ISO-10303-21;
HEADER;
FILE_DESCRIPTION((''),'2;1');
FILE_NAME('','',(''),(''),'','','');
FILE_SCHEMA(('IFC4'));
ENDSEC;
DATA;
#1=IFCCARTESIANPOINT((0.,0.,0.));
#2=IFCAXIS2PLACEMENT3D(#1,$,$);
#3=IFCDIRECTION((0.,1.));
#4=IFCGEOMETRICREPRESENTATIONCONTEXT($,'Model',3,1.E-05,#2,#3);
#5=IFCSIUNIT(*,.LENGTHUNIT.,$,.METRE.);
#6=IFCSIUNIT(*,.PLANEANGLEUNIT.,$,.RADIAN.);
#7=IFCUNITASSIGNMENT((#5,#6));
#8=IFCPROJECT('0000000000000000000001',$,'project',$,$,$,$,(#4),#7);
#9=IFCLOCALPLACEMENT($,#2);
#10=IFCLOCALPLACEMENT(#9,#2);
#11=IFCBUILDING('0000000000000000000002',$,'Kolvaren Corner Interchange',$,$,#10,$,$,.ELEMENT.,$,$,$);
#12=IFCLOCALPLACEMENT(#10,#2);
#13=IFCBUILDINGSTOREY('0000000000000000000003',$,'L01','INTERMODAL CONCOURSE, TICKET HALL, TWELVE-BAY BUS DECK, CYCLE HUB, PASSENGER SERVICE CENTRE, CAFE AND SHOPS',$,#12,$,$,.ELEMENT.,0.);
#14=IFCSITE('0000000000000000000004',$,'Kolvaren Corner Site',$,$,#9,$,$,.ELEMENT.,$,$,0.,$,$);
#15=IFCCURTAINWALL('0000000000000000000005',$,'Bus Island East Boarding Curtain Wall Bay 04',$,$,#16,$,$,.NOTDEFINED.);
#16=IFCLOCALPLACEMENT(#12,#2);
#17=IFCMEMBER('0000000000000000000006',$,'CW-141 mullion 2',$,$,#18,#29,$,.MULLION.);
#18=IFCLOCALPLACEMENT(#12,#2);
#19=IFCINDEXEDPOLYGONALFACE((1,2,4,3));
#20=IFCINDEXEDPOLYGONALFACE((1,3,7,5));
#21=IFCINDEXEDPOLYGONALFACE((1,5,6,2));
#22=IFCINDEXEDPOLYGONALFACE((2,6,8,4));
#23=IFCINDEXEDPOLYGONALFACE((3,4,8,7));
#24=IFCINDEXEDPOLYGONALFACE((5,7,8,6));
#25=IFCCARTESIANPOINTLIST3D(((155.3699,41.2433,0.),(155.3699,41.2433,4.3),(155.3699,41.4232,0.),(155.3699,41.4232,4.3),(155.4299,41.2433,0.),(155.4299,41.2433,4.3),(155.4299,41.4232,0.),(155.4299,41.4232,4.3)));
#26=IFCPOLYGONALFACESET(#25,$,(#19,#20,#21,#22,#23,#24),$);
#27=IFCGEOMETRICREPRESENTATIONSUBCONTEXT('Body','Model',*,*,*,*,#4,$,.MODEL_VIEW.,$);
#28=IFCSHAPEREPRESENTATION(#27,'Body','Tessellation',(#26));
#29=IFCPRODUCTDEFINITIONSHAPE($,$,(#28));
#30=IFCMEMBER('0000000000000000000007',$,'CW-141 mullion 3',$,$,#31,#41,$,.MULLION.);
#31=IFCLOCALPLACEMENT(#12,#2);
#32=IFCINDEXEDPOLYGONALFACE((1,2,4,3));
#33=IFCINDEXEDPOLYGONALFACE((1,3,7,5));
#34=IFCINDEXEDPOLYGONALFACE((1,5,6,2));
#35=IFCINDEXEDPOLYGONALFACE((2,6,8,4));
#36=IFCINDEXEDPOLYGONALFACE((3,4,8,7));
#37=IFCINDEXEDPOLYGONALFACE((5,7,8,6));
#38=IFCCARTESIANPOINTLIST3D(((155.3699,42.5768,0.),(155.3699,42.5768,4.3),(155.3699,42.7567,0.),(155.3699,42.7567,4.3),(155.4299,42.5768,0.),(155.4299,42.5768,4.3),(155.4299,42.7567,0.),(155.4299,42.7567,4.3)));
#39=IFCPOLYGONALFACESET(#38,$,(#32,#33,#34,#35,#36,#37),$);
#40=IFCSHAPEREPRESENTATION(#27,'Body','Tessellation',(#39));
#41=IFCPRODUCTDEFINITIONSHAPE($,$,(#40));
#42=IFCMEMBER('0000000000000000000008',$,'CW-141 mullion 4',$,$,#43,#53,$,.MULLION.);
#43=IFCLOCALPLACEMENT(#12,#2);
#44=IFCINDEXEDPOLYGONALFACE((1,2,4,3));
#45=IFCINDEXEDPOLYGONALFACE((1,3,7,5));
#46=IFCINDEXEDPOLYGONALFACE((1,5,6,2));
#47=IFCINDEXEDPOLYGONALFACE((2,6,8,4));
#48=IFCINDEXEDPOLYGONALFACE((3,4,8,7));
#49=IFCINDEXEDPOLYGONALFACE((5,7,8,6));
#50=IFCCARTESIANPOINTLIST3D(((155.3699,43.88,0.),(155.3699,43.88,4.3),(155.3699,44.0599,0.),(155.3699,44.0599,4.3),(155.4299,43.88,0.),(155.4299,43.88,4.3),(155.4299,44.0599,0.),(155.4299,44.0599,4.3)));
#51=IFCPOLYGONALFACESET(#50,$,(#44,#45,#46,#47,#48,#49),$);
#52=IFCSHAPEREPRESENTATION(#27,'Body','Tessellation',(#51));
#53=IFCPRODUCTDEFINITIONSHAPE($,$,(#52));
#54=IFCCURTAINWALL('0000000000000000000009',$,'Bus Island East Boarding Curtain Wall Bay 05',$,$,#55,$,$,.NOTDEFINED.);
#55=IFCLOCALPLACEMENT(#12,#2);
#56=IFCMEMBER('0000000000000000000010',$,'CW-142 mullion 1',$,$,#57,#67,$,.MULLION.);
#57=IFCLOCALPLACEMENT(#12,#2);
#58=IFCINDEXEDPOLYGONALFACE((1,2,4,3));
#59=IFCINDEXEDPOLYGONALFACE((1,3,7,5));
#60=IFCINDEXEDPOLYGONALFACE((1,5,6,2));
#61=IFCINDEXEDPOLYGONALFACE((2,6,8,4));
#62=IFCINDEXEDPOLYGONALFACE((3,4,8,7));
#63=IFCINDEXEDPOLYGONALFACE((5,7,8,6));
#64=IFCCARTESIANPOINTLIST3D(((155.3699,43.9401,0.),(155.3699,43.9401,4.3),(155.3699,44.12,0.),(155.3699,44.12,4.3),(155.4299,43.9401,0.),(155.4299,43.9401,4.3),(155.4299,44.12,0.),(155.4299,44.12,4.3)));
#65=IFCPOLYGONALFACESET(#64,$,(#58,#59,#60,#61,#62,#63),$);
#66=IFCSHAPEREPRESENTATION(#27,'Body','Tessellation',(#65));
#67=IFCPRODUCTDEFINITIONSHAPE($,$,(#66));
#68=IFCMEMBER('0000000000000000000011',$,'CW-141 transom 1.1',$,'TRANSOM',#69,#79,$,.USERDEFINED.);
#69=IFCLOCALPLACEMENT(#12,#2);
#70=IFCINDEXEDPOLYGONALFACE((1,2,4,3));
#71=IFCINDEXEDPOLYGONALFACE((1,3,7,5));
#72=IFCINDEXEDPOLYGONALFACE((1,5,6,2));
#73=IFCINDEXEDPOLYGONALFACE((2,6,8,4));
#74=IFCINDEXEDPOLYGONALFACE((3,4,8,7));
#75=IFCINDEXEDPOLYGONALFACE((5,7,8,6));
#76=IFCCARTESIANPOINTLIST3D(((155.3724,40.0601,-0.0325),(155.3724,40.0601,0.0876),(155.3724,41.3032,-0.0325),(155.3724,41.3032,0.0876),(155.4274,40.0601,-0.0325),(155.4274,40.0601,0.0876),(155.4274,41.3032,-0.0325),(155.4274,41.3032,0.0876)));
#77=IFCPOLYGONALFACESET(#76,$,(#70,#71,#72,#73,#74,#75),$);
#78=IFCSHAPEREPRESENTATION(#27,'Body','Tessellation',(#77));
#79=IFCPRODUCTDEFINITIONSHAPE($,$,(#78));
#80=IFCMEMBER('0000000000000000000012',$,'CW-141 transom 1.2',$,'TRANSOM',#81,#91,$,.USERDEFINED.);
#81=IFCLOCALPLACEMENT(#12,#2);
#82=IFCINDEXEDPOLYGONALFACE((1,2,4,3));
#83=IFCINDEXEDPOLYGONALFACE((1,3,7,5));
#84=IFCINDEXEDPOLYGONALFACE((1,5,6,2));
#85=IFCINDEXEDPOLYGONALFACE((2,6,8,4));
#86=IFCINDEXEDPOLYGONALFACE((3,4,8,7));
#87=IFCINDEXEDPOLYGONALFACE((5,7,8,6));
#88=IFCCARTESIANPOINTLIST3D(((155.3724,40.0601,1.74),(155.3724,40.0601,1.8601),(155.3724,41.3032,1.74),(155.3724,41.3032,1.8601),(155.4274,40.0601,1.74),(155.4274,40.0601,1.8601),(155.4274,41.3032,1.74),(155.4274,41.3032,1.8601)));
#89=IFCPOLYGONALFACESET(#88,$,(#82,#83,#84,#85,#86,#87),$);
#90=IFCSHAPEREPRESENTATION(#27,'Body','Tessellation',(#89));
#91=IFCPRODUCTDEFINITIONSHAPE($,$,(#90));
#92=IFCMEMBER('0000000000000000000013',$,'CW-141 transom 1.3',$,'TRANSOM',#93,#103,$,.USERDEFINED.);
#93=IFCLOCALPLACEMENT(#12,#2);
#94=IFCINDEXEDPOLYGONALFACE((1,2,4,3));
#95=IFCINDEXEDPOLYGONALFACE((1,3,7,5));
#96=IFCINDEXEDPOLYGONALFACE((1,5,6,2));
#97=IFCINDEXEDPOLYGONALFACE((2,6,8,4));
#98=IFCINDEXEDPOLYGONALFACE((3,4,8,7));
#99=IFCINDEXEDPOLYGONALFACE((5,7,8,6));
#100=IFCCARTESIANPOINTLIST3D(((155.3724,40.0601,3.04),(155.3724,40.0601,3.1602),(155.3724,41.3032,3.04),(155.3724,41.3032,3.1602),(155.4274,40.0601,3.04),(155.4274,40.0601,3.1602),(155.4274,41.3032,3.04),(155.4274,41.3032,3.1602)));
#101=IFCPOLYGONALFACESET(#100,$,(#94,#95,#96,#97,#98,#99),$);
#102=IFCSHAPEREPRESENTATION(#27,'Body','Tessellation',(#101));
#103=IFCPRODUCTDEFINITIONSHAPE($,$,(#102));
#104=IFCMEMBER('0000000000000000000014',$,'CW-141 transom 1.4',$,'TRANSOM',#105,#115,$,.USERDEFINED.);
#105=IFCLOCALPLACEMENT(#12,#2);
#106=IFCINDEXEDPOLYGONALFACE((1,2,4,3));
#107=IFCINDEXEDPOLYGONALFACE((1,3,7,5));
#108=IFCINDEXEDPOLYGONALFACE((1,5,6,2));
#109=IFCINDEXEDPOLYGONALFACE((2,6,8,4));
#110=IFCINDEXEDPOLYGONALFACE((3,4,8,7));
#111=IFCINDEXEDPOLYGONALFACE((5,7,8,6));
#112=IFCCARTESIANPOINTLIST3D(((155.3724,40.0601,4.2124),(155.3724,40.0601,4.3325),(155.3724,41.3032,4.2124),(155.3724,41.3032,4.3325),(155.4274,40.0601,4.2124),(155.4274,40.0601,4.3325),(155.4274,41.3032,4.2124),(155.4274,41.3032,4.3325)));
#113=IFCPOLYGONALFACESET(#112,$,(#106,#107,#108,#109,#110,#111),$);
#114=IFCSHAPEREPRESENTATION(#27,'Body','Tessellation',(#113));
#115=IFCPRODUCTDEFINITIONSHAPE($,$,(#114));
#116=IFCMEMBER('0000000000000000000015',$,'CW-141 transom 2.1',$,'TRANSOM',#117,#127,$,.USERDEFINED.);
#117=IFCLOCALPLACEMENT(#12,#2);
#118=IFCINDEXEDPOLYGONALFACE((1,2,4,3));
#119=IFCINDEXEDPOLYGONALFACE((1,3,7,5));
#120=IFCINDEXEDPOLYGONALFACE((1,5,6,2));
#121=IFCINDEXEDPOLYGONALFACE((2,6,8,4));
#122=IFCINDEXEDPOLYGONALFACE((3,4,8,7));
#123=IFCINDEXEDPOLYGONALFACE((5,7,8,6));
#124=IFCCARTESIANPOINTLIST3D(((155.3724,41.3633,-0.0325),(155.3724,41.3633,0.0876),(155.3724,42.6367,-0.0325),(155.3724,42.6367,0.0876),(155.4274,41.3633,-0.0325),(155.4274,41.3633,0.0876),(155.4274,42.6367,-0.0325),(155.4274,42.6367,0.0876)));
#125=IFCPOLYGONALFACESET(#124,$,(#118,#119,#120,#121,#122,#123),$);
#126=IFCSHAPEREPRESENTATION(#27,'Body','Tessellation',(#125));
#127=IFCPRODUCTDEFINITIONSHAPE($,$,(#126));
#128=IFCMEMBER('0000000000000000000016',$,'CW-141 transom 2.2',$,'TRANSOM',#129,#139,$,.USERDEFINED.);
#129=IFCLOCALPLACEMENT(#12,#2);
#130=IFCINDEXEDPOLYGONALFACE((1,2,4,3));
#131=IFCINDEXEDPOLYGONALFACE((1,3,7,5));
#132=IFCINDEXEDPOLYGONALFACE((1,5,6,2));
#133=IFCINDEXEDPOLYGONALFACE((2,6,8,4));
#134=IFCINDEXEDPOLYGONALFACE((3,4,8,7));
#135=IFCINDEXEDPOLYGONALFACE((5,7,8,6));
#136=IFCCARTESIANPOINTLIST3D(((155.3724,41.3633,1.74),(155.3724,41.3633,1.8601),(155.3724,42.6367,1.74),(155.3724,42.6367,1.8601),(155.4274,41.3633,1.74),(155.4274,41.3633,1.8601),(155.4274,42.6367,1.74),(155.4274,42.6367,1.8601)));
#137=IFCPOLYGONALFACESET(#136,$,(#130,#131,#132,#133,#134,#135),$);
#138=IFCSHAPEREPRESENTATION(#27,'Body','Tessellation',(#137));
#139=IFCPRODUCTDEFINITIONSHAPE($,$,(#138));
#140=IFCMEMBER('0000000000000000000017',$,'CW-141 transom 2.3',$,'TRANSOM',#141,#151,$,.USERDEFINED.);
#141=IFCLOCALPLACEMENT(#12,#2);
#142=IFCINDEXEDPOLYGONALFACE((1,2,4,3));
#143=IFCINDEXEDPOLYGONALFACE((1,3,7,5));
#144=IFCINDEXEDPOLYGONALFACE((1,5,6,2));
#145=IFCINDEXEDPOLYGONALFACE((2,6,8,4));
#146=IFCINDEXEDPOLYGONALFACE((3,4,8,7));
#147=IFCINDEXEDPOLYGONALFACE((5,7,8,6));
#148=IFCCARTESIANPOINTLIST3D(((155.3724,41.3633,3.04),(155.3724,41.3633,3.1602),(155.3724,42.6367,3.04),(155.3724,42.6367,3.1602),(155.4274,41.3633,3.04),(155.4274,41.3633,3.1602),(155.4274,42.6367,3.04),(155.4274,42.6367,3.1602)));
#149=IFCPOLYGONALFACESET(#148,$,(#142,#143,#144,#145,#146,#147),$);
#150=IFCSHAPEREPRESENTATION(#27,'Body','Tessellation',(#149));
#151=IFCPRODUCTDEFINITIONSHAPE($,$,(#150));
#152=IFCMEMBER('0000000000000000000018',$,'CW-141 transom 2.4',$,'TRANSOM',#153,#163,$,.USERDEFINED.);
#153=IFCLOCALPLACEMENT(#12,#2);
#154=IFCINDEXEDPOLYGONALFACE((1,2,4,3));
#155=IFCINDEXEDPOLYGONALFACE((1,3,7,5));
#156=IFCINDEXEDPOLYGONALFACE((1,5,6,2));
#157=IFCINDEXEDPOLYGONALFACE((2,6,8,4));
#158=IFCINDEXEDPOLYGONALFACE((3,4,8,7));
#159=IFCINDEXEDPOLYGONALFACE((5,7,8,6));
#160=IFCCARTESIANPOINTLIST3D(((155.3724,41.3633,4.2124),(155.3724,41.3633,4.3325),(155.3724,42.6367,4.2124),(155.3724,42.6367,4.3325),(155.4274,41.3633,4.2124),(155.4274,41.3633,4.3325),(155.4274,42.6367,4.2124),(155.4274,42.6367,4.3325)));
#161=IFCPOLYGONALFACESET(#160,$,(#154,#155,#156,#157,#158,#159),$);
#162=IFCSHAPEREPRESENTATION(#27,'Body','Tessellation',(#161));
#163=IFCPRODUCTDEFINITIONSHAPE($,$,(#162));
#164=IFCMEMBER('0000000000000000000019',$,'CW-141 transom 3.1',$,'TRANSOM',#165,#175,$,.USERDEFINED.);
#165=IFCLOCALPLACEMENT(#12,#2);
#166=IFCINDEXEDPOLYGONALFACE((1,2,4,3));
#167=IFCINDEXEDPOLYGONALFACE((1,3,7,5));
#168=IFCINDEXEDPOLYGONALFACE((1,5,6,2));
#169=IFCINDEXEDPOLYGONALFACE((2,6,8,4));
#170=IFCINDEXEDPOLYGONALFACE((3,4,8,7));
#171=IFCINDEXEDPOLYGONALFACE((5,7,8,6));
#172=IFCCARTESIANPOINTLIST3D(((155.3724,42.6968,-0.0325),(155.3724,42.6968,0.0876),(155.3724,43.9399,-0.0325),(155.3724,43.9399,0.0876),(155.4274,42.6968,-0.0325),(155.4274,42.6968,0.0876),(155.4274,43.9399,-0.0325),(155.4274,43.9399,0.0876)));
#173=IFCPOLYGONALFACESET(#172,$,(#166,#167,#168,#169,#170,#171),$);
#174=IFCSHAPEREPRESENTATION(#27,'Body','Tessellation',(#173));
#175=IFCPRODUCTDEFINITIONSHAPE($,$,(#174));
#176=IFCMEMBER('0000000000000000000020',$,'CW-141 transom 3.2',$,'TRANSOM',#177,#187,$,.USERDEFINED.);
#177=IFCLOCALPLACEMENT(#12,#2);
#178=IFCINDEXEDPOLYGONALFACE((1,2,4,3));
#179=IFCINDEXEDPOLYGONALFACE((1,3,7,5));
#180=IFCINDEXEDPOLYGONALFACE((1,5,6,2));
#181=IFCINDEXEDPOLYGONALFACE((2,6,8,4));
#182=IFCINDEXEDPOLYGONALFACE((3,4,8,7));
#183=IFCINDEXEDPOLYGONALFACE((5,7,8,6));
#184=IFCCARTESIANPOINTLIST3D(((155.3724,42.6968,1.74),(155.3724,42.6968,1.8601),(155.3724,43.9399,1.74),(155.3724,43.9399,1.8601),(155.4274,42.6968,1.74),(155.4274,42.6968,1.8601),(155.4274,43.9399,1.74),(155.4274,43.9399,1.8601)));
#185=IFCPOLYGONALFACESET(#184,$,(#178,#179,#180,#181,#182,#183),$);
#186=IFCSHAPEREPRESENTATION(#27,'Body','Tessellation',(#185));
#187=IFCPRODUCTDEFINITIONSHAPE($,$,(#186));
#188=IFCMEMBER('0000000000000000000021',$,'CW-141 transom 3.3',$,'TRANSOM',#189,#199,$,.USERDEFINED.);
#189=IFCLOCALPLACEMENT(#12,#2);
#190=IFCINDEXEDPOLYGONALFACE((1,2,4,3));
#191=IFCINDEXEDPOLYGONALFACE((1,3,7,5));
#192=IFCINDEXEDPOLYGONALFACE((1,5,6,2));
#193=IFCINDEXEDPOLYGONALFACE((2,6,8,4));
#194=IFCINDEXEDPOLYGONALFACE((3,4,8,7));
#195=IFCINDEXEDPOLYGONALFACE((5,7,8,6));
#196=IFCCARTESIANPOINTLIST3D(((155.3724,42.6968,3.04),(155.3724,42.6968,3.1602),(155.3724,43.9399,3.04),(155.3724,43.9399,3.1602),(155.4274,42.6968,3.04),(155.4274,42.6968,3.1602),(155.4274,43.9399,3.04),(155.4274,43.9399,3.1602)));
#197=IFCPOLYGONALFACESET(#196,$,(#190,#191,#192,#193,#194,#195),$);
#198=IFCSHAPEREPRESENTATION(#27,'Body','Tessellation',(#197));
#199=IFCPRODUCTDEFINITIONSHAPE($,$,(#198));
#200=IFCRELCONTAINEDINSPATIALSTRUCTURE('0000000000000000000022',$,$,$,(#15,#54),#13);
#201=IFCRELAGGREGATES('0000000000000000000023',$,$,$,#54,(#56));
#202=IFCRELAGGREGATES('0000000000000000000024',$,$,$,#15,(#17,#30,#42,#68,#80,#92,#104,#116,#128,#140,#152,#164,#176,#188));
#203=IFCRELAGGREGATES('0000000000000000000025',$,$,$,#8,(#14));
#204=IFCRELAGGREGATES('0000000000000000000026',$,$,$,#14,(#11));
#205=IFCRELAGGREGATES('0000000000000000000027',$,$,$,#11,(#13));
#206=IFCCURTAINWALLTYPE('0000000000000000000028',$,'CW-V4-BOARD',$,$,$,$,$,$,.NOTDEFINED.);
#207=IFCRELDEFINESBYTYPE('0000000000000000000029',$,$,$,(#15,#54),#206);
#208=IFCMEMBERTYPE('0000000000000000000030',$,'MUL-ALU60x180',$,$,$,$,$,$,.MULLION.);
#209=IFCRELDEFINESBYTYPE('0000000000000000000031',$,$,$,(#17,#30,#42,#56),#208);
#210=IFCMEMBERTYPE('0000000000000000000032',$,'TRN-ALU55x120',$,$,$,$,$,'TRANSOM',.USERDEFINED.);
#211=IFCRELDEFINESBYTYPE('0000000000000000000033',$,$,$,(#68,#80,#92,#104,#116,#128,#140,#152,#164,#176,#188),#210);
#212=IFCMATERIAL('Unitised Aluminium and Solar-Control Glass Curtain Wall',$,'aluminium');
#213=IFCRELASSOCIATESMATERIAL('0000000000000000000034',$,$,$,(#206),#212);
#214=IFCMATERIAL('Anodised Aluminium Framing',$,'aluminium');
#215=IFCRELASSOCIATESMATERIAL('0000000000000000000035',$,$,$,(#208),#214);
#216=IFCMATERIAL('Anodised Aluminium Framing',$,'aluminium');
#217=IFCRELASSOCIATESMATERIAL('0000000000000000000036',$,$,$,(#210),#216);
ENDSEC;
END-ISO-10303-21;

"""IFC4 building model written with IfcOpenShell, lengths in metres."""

from ifc_helpers import new_model, si_unit, direction, frame, origin, origin_2d, place, context, subcontext, project, spatial, rectangle, extrude, material, material_profile, profile_set, type_object, element, aggregate, save


model = new_model("IFC4")

# Units and contexts
model_context = context("Model", 3, precision=1e-05, world=origin(), true_north=direction((0.0, 1.0)))
body_context = subcontext(model_context, "Body", "Model", "MODEL_VIEW")
ifc_project = project(units=[si_unit("LENGTHUNIT", "METRE"), si_unit("PLANEANGLEUNIT", "RADIAN")], contexts=[model_context])

# Site, building, storey
site_placement = place(None, origin())
site = spatial("IfcSite", under=ifc_project, at=site_placement, Name="Kolvaren Corner Site", CompositionType="ELEMENT", RefElevation=0.0)
building_placement = place(site_placement, origin())
building = spatial("IfcBuilding", under=site, at=building_placement, Name="Kolvaren Corner Interchange", CompositionType="ELEMENT")
storey_placement = place(building_placement, origin())
storey = spatial("IfcBuildingStorey", under=building, at=storey_placement, Name="L01", Description="INTERMODAL CONCOURSE, TICKET HALL, TWELVE-BAY BUS DECK, CYCLE HUB, PASSENGER SERVICE CENTRE, CAFE AND SHOPS", CompositionType="ELEMENT", Elevation=0.0)

# Curtain wall, members
ifc_material_1 = material(Name="Unitised Aluminium and Solar-Control Glass Curtain Wall", Category="aluminium")
curtain_wall_type = type_object("IfcCurtainWallType", Name="CW-V4-BOARD", PredefinedType="NOTDEFINED", material=ifc_material_1)
curtain_wall_1_placement = place(storey_placement, origin())
curtain_wall_1 = element("IfcCurtainWall", 1, at=curtain_wall_1_placement, inside=storey, type_object=curtain_wall_type, Name="Bus Island East Boarding Curtain Wall Bay 04", PredefinedType="NOTDEFINED")
ifc_material_2 = material(Name="Anodised Aluminium Framing", Category="aluminium")
ifc_material_profile_1 = material_profile(ifc_material_2, rectangle(XDim=0.0601, YDim=0.1799, at=origin_2d()), Name="ALU 60x180")
ifc_profile_set_1 = profile_set([ifc_material_profile_1], Name="Anodised Aluminium Framing")
member_type_1 = type_object("IfcMemberType", Name="MUL-ALU60x180", PredefinedType="MULLION", material=ifc_profile_set_1)
member_1_placement = place(storey_placement, frame((155.3999, 41.3333, 0.0), z_axis=(0.0, 0.0, 1.0), x_axis=(-1.0, 0.0, 0.0)))
member_1 = element("IfcMember", 2, at=member_1_placement, type_object=member_type_1, Name="CW-141 mullion 2", PredefinedType="MULLION", context=body_context, shape_type="SweptSolid", body=[
    extrude(rectangle(XDim=0.0601, YDim=0.1799, at=origin_2d()), origin(), (0.0, 0.0, 1.0), 4.3),
])
member_2_placement = place(storey_placement, frame((155.3999, 42.6667, 0.0), z_axis=(0.0, 0.0, 1.0), x_axis=(-1.0, 0.0, 0.0)))
member_2 = element("IfcMember", 3, at=member_2_placement, type_object=member_type_1, Name="CW-141 mullion 3", PredefinedType="MULLION", context=body_context, shape_type="SweptSolid", body=[
    extrude(rectangle(XDim=0.0601, YDim=0.1799, at=origin_2d()), origin(), (0.0, 0.0, 1.0), 4.3),
])
member_3_placement = place(storey_placement, frame((155.3999, 43.97, 0.0), z_axis=(0.0, 0.0, 1.0), x_axis=(-1.0, 0.0, 0.0)))
member_3 = element("IfcMember", 4, at=member_3_placement, type_object=member_type_1, Name="CW-141 mullion 4", PredefinedType="MULLION", context=body_context, shape_type="SweptSolid", body=[
    extrude(rectangle(XDim=0.0601, YDim=0.1799, at=origin_2d()), origin(), (0.0, 0.0, 1.0), 4.3),
])

# Curtain wall, member
curtain_wall_2_placement = place(storey_placement, origin())
curtain_wall_2 = element("IfcCurtainWall", 5, at=curtain_wall_2_placement, inside=storey, type_object=curtain_wall_type, Name="Bus Island East Boarding Curtain Wall Bay 05", PredefinedType="NOTDEFINED")
member_4_placement = place(storey_placement, frame((155.3999, 44.03, 0.0), z_axis=(0.0, 0.0, 1.0), x_axis=(-1.0, 0.0, 0.0)))
member_4 = element("IfcMember", 6, at=member_4_placement, type_object=member_type_1, Name="CW-142 mullion 1", PredefinedType="MULLION", context=body_context, shape_type="SweptSolid", body=[
    extrude(rectangle(XDim=0.0601, YDim=0.1799, at=origin_2d()), origin(), (0.0, 0.0, 1.0), 4.3),
])

# Members
ifc_material_3 = material(Name="Anodised Aluminium Framing", Category="aluminium")
ifc_material_profile_2 = material_profile(ifc_material_3, rectangle(XDim=0.0549, YDim=0.1201, at=origin_2d()), Name="ALU 55x120")
ifc_profile_set_2 = profile_set([ifc_material_profile_2], Name="Anodised Aluminium Framing")
member_type_2 = type_object("IfcMemberType", Name="TRN-ALU55x120", ElementType="TRANSOM", PredefinedType="USERDEFINED", material=ifc_profile_set_2)
member_5_placement = place(storey_placement, frame((155.3999, 40.0601, 0.0276), z_axis=(0.0, 1.0, 0.0), x_axis=(-1.0, 0.0, 0.0)))
member_5 = element("IfcMember", 7, at=member_5_placement, type_object=member_type_2, Name="CW-141 transom 1.1", ObjectType="TRANSOM", PredefinedType="USERDEFINED", context=body_context, shape_type="SweptSolid", body=[
    extrude(rectangle(XDim=0.0549, YDim=0.1201, at=origin_2d()), origin(), (0.0, 0.0, 1.0), 1.2432),
])
member_6_placement = place(storey_placement, frame((155.3999, 40.0601, 1.8), z_axis=(0.0, 1.0, 0.0), x_axis=(-1.0, 0.0, 0.0)))
member_6 = element("IfcMember", 8, at=member_6_placement, type_object=member_type_2, Name="CW-141 transom 1.2", ObjectType="TRANSOM", PredefinedType="USERDEFINED", context=body_context, shape_type="SweptSolid", body=[
    extrude(rectangle(XDim=0.0549, YDim=0.1201, at=origin_2d()), origin(), (0.0, 0.0, 1.0), 1.2432),
])
member_7_placement = place(storey_placement, frame((155.3999, 40.0601, 3.1001), z_axis=(0.0, 1.0, 0.0), x_axis=(-1.0, 0.0, 0.0)))
member_7 = element("IfcMember", 9, at=member_7_placement, type_object=member_type_2, Name="CW-141 transom 1.3", ObjectType="TRANSOM", PredefinedType="USERDEFINED", context=body_context, shape_type="SweptSolid", body=[
    extrude(rectangle(XDim=0.0549, YDim=0.1201, at=origin_2d()), origin(), (0.0, 0.0, 1.0), 1.2432),
])
member_8_placement = place(storey_placement, frame((155.3999, 40.0601, 4.2725), z_axis=(0.0, 1.0, 0.0), x_axis=(-1.0, 0.0, 0.0)))
member_8 = element("IfcMember", 10, at=member_8_placement, type_object=member_type_2, Name="CW-141 transom 1.4", ObjectType="TRANSOM", PredefinedType="USERDEFINED", context=body_context, shape_type="SweptSolid", body=[
    extrude(rectangle(XDim=0.0549, YDim=0.1201, at=origin_2d()), origin(), (0.0, 0.0, 1.0), 1.2432),
])
member_9_placement = place(storey_placement, frame((155.3999, 41.3633, 0.0276), z_axis=(0.0, 1.0, 0.0), x_axis=(-1.0, 0.0, 0.0)))
member_9 = element("IfcMember", 11, at=member_9_placement, type_object=member_type_2, Name="CW-141 transom 2.1", ObjectType="TRANSOM", PredefinedType="USERDEFINED", context=body_context, shape_type="SweptSolid", body=[
    extrude(rectangle(XDim=0.0549, YDim=0.1201, at=origin_2d()), origin(), (0.0, 0.0, 1.0), 1.2734),
])
member_10_placement = place(storey_placement, frame((155.3999, 41.3633, 1.8), z_axis=(0.0, 1.0, 0.0), x_axis=(-1.0, 0.0, 0.0)))
member_10 = element("IfcMember", 12, at=member_10_placement, type_object=member_type_2, Name="CW-141 transom 2.2", ObjectType="TRANSOM", PredefinedType="USERDEFINED", context=body_context, shape_type="SweptSolid", body=[
    extrude(rectangle(XDim=0.0549, YDim=0.1201, at=origin_2d()), origin(), (0.0, 0.0, 1.0), 1.2734),
])
member_11_placement = place(storey_placement, frame((155.3999, 41.3633, 3.1001), z_axis=(0.0, 1.0, 0.0), x_axis=(-1.0, 0.0, 0.0)))
member_11 = element("IfcMember", 13, at=member_11_placement, type_object=member_type_2, Name="CW-141 transom 2.3", ObjectType="TRANSOM", PredefinedType="USERDEFINED", context=body_context, shape_type="SweptSolid", body=[
    extrude(rectangle(XDim=0.0549, YDim=0.1201, at=origin_2d()), origin(), (0.0, 0.0, 1.0), 1.2734),
])
member_12_placement = place(storey_placement, frame((155.3999, 41.3633, 4.2725), z_axis=(0.0, 1.0, 0.0), x_axis=(-1.0, 0.0, 0.0)))
member_12 = element("IfcMember", 14, at=member_12_placement, type_object=member_type_2, Name="CW-141 transom 2.4", ObjectType="TRANSOM", PredefinedType="USERDEFINED", context=body_context, shape_type="SweptSolid", body=[
    extrude(rectangle(XDim=0.0549, YDim=0.1201, at=origin_2d()), origin(), (0.0, 0.0, 1.0), 1.2734),
])
member_13_placement = place(storey_placement, frame((155.3999, 42.6968, 0.0276), z_axis=(0.0, 1.0, 0.0), x_axis=(-1.0, 0.0, 0.0)))
member_13 = element("IfcMember", 15, at=member_13_placement, type_object=member_type_2, Name="CW-141 transom 3.1", ObjectType="TRANSOM", PredefinedType="USERDEFINED", context=body_context, shape_type="SweptSolid", body=[
    extrude(rectangle(XDim=0.0549, YDim=0.1201, at=origin_2d()), origin(), (0.0, 0.0, 1.0), 1.2432),
])
member_14_placement = place(storey_placement, frame((155.3999, 42.6968, 1.8), z_axis=(0.0, 1.0, 0.0), x_axis=(-1.0, 0.0, 0.0)))
member_14 = element("IfcMember", 16, at=member_14_placement, type_object=member_type_2, Name="CW-141 transom 3.2", ObjectType="TRANSOM", PredefinedType="USERDEFINED", context=body_context, shape_type="SweptSolid", body=[
    extrude(rectangle(XDim=0.0549, YDim=0.1201, at=origin_2d()), origin(), (0.0, 0.0, 1.0), 1.2432),
])
member_15_placement = place(storey_placement, frame((155.3999, 42.6968, 3.1001), z_axis=(0.0, 1.0, 0.0), x_axis=(-1.0, 0.0, 0.0)))
member_15 = element("IfcMember", 17, at=member_15_placement, type_object=member_type_2, Name="CW-141 transom 3.3", ObjectType="TRANSOM", PredefinedType="USERDEFINED", context=body_context, shape_type="SweptSolid", body=[
    extrude(rectangle(XDim=0.0549, YDim=0.1201, at=origin_2d()), origin(), (0.0, 0.0, 1.0), 1.2432),
])
aggregate(curtain_wall_2, [member_4])

aggregate(curtain_wall_1, [member_1, member_2, member_3, member_5, member_6, member_7, member_8, member_9, member_10, member_11, member_12, member_13, member_14, member_15])

save(model, "model.ifc")
